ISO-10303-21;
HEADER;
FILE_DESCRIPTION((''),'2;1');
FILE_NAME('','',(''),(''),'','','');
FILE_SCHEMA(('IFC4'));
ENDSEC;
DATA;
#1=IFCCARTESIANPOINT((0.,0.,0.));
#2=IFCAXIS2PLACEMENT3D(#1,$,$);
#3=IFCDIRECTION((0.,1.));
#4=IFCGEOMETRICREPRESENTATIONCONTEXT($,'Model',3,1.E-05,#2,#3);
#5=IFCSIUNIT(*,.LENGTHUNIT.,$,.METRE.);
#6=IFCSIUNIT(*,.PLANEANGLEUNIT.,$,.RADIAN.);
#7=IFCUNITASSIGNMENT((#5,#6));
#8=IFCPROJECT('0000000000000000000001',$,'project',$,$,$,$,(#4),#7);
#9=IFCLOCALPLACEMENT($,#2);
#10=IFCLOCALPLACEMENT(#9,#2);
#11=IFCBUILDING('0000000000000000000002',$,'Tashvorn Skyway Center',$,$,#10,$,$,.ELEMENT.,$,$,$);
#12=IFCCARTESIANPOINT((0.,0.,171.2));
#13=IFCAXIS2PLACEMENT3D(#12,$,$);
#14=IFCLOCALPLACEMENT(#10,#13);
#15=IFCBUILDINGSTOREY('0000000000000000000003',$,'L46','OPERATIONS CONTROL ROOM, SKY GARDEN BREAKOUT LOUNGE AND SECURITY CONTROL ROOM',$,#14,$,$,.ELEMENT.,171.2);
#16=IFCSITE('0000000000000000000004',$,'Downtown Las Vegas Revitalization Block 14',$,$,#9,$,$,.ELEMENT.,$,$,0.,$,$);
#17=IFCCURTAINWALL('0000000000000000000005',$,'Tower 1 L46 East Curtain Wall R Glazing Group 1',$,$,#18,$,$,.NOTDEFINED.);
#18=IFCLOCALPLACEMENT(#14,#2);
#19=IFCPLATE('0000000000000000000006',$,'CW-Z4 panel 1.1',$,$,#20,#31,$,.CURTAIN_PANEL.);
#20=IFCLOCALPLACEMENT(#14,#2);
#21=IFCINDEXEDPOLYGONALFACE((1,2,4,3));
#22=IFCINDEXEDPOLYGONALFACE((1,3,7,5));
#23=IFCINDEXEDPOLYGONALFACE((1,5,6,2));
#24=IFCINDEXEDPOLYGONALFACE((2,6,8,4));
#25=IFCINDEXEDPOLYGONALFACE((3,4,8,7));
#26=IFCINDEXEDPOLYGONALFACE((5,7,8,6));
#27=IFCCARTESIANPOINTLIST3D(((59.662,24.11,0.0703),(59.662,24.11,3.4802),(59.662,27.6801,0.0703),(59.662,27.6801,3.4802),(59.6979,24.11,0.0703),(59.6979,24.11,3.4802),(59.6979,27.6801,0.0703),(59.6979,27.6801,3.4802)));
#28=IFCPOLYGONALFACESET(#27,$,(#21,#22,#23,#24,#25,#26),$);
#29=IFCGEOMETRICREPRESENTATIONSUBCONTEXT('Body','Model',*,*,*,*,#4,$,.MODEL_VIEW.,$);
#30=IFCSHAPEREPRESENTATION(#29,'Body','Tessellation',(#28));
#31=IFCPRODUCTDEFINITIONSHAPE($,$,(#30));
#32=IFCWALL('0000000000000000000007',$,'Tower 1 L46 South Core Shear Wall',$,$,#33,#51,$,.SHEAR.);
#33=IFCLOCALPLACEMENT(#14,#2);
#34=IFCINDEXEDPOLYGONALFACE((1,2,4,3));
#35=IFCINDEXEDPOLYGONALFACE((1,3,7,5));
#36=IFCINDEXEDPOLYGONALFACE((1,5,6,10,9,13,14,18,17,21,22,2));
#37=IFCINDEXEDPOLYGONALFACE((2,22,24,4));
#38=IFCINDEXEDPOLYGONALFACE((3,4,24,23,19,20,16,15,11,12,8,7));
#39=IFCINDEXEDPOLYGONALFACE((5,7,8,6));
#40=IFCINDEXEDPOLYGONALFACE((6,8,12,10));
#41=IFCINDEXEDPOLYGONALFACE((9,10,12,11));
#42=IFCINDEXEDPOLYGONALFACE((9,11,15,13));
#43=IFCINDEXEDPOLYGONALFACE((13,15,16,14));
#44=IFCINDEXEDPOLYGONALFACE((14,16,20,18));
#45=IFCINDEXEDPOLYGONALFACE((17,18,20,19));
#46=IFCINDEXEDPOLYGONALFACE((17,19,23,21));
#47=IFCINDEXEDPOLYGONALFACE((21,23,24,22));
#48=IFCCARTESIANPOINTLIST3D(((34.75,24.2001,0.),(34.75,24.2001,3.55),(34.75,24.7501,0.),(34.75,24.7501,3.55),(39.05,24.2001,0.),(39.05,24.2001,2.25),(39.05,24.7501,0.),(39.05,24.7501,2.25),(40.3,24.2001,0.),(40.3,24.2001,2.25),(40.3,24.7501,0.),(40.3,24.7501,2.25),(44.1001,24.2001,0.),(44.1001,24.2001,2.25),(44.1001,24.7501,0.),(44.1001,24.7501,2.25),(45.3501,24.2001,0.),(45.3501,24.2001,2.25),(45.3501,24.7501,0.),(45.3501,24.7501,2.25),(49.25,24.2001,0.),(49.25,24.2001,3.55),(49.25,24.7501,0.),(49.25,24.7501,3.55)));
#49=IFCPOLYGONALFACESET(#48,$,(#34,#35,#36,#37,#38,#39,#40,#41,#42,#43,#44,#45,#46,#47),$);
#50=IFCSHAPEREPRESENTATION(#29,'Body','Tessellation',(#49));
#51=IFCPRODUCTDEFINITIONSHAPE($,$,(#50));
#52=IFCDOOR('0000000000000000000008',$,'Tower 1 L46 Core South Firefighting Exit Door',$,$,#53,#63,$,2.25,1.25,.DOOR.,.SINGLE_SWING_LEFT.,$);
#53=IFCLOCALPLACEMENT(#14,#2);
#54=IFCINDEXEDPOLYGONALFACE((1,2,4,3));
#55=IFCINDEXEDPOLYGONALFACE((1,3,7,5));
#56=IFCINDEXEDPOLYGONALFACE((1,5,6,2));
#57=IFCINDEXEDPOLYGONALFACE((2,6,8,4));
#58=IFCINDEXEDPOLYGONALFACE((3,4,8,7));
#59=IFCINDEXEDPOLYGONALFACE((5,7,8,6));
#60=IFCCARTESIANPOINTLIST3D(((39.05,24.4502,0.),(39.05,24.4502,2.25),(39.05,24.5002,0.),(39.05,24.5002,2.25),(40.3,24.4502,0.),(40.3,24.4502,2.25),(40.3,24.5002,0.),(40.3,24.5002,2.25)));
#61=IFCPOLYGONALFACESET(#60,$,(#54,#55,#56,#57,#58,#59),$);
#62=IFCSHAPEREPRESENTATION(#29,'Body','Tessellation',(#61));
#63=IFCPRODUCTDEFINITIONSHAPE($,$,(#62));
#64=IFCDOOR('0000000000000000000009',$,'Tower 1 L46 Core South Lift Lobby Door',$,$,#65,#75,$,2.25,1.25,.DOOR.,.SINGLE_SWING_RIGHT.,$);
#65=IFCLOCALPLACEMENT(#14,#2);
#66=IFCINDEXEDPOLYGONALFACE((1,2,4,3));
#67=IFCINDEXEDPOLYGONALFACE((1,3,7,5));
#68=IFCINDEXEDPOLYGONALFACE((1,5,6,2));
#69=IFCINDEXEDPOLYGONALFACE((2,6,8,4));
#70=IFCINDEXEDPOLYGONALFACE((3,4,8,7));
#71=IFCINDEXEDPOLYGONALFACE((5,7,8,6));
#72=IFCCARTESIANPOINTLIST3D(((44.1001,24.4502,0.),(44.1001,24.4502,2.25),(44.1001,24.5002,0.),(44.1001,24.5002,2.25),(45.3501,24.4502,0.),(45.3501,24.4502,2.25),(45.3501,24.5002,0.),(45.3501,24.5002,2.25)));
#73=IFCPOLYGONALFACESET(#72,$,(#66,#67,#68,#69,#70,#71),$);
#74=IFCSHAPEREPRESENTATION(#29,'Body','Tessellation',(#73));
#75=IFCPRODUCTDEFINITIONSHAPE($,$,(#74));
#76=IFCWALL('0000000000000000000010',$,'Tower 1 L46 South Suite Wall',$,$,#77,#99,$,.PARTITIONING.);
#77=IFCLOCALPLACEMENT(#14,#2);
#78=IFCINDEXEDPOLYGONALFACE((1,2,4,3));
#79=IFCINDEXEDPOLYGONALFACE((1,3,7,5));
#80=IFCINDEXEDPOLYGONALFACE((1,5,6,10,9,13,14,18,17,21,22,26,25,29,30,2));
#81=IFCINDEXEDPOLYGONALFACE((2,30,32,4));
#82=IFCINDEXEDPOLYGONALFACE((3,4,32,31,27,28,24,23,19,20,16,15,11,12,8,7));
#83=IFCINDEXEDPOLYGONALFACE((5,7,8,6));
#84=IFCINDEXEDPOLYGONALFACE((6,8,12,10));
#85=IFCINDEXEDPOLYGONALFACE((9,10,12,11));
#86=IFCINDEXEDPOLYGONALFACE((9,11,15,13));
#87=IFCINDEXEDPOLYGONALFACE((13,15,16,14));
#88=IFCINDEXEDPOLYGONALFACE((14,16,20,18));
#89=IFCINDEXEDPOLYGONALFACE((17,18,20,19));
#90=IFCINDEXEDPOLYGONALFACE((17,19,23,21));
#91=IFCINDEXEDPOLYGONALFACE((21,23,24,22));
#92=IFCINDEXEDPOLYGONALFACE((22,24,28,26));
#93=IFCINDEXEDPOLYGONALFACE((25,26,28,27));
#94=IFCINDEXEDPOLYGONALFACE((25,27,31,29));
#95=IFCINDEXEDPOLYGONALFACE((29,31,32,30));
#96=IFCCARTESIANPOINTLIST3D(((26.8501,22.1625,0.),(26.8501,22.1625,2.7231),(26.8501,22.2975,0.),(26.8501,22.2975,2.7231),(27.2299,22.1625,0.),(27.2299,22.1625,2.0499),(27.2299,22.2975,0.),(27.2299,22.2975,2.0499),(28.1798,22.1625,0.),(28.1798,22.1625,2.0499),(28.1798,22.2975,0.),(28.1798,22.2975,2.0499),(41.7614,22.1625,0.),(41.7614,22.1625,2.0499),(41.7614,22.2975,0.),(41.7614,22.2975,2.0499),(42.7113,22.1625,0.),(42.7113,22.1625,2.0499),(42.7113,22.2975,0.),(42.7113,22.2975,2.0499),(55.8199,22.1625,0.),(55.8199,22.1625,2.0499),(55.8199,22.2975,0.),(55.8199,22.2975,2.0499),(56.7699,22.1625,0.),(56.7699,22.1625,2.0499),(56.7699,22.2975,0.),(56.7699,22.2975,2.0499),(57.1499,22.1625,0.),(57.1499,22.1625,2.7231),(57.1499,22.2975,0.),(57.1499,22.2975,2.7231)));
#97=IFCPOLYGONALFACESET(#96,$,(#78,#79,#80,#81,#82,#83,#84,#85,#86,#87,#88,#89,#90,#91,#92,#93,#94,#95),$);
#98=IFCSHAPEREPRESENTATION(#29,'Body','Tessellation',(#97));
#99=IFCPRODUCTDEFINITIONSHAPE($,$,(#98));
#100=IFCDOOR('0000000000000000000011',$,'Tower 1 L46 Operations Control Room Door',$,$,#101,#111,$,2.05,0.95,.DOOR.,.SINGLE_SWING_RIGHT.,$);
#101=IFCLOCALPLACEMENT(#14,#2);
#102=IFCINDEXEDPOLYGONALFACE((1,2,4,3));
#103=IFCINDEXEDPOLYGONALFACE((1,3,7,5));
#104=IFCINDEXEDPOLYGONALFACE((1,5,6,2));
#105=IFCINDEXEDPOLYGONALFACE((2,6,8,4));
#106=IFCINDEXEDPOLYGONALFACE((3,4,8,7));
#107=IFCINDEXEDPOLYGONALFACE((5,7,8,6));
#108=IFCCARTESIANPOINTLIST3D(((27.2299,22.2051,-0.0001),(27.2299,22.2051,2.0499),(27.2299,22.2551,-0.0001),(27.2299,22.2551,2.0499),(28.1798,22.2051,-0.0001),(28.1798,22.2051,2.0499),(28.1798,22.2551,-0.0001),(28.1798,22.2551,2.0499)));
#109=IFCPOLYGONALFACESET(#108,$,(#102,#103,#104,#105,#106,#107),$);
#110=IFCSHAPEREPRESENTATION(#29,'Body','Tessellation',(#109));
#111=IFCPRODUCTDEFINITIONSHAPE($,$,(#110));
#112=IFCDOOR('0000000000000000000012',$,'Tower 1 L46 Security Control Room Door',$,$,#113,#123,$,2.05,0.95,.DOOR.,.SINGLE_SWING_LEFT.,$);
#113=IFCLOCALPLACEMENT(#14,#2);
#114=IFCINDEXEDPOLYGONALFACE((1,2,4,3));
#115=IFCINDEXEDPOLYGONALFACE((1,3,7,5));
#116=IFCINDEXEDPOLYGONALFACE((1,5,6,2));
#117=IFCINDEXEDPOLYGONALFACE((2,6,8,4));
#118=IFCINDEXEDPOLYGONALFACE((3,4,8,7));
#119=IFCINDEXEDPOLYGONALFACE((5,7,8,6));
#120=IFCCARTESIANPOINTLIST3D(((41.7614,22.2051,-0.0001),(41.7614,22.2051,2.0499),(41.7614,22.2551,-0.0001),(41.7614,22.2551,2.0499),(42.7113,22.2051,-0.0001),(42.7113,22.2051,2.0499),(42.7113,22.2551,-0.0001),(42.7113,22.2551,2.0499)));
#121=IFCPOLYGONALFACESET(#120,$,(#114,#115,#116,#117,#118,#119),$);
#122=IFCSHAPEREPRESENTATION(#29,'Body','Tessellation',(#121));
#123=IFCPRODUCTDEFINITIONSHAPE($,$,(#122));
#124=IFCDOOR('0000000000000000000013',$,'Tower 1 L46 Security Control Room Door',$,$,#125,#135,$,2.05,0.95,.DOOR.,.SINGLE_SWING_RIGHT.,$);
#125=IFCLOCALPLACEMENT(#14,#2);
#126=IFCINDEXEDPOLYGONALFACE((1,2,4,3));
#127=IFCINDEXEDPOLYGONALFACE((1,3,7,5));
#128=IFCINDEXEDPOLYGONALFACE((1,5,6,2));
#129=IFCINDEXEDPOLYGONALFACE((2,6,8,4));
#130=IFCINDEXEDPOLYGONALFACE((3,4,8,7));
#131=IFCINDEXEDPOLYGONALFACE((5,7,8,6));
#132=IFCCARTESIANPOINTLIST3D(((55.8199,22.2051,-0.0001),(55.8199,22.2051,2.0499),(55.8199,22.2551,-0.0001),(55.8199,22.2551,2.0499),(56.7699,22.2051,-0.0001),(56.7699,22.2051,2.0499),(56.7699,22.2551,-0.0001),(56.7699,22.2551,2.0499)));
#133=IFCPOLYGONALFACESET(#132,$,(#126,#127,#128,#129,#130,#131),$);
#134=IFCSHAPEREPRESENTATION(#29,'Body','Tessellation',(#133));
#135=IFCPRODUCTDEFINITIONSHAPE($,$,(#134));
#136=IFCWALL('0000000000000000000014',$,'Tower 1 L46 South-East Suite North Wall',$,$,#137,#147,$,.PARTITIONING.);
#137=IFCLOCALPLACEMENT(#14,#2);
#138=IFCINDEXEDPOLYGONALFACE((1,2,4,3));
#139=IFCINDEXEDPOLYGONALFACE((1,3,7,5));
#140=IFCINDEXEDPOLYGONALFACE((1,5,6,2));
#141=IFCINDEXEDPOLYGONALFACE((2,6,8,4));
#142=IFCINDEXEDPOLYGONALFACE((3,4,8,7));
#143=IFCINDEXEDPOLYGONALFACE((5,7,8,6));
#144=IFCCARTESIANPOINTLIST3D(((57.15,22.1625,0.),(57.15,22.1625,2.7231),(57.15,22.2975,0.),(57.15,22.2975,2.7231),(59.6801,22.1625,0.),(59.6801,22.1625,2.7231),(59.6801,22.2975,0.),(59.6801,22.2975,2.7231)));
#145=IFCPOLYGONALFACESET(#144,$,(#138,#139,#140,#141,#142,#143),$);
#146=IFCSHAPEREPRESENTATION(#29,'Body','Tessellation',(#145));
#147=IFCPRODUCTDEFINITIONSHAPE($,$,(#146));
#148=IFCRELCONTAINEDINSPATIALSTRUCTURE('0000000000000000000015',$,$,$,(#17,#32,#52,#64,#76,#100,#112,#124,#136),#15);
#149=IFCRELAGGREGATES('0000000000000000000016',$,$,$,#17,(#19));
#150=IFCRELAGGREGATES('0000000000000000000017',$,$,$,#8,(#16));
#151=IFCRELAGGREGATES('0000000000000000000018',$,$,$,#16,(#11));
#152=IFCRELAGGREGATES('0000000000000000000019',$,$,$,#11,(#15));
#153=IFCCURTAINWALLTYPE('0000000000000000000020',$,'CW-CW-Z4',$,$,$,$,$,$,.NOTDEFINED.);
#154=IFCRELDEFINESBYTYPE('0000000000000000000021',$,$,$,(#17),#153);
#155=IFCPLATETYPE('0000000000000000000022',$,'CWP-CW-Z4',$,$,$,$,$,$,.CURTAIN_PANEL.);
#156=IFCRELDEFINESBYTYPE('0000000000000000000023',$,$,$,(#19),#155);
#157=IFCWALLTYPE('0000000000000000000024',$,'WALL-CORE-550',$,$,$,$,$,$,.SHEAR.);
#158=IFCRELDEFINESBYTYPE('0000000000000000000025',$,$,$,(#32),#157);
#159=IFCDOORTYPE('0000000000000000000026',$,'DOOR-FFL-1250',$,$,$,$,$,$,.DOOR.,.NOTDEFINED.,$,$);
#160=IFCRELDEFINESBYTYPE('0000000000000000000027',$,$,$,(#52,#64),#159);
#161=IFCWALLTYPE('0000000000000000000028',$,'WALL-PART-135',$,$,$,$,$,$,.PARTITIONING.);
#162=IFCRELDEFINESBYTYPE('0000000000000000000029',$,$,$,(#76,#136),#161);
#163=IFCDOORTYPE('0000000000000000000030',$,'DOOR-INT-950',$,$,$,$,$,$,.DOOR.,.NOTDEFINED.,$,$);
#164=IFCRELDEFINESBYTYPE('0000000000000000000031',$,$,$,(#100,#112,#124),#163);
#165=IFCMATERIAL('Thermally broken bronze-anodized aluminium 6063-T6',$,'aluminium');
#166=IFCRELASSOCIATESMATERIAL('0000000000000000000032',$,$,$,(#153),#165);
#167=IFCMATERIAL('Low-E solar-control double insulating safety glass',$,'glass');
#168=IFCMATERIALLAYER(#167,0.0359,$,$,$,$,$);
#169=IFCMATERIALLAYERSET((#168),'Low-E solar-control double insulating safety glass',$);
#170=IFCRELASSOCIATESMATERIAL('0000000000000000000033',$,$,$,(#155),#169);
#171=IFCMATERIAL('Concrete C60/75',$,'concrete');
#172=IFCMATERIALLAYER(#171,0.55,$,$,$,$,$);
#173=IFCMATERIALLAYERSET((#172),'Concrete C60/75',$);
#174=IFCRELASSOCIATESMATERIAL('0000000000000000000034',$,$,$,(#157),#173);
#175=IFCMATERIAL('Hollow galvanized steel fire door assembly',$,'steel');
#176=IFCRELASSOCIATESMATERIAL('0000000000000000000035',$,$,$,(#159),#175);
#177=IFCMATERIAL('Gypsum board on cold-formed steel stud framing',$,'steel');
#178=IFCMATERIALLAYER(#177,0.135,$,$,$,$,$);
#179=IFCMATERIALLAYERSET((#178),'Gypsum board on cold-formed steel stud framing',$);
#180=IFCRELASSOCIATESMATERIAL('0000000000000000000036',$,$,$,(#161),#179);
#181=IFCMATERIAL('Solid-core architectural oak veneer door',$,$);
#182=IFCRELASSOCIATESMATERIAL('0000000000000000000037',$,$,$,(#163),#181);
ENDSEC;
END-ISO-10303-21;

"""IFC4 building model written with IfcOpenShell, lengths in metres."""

from ifc_helpers import new_model, si_unit, direction, frame, frame_2d, origin, origin_2d, place, context, subcontext, project, spatial, rectangle, extrude, material, layer, layer_set, type_object, element, fill, aggregate, save


model = new_model("IFC4")

# Units and contexts
model_context = context("Model", 3, precision=1e-05, world=origin(), true_north=direction((0.0, 1.0)))
body_context = subcontext(model_context, "Body", "Model", "MODEL_VIEW")
ifc_project = project(units=[si_unit("LENGTHUNIT", "METRE"), si_unit("PLANEANGLEUNIT", "RADIAN")], contexts=[model_context])

# Site, building, storey
site_placement = place(None, origin())
site = spatial("IfcSite", under=ifc_project, at=site_placement, Name="Downtown Las Vegas Revitalization Block 14", CompositionType="ELEMENT", RefElevation=0.0)
building_placement = place(site_placement, origin())
building = spatial("IfcBuilding", under=site, at=building_placement, Name="Tashvorn Skyway Center", CompositionType="ELEMENT")
storey_placement = place(building_placement, frame((0.0, 0.0, 171.2)))
storey = spatial("IfcBuildingStorey", under=building, at=storey_placement, Name="L46", Description="OPERATIONS CONTROL ROOM, SKY GARDEN BREAKOUT LOUNGE AND SECURITY CONTROL ROOM", CompositionType="ELEMENT", Elevation=171.2)

# Curtain wall
ifc_material_1 = material(Name="Thermally broken bronze-anodized aluminium 6063-T6", Category="aluminium")
curtain_wall_type = type_object("IfcCurtainWallType", Name="CW-CW-Z4", PredefinedType="NOTDEFINED", material=ifc_material_1)
curtain_wall_1_placement = place(storey_placement, origin())
curtain_wall_1 = element("IfcCurtainWall", 1, at=curtain_wall_1_placement, inside=storey, type_object=curtain_wall_type, Name="Tower 1 L46 East Curtain Wall R Glazing Group 1", PredefinedType="NOTDEFINED")

# Plate
ifc_material_2 = material(Name="Low-E solar-control double insulating safety glass", Category="glass")
ifc_layer_1 = layer(ifc_material_2, 0.0359)
ifc_layer_set_1 = layer_set([ifc_layer_1], Name="Low-E solar-control double insulating safety glass")
plate_type = type_object("IfcPlateType", Name="CWP-CW-Z4", PredefinedType="CURTAIN_PANEL", material=ifc_layer_set_1)
plate_placement = place(storey_placement, frame((59.6799, 25.895, 0.0703), z_axis=(0.0, 0.0, 1.0), x_axis=(0.0, -1.0, 0.0)))
plate = element("IfcPlate", 2, at=plate_placement, type_object=plate_type, Name="CW-Z4 panel 1.1", PredefinedType="CURTAIN_PANEL", context=body_context, shape_type="SweptSolid", body=[
    extrude(rectangle(XDim=3.5701, YDim=0.0359, at=origin_2d()), origin(), (0.0, 0.0, 1.0), 3.4099),
])
aggregate(curtain_wall_1, [plate])

# Walls, openings, doors
ifc_material_3 = material(Name="Concrete C60/75", Category="concrete")
ifc_layer_2 = layer(ifc_material_3, 0.55)
ifc_layer_set_2 = layer_set([ifc_layer_2], Name="Concrete C60/75")
wall_type_1 = type_object("IfcWallType", Name="WALL-CORE-550", PredefinedType="SHEAR", material=ifc_layer_set_2)
wall_1_placement = place(storey_placement, frame((49.25, 24.4751, 0.0), z_axis=(0.0, 0.0, 1.0), x_axis=(-1.0, 0.0, 0.0)))
wall_1 = element("IfcWall", 3, at=wall_1_placement, inside=storey, type_object=wall_type_1, Name="Tower 1 L46 South Core Shear Wall", PredefinedType="SHEAR", context=body_context, shape_type="SweptSolid", body=[
    extrude(rectangle(XDim=14.5, YDim=0.55, at=frame_2d((7.25, 0.0))), origin(), (0.0, 0.0, 1.0), 3.55),
])
opening_1_placement = place(wall_1_placement, frame((8.95, 0.0, 0.0)))
opening_1 = element("IfcOpeningElement", 4, at=opening_1_placement, cuts=wall_1, PredefinedType="OPENING", context=body_context, shape_type="SweptSolid", body=[
    extrude(rectangle(XDim=1.25, YDim=2.25, at=frame_2d((0.625, 1.125))), frame((0.0, 0.2849, 0.0), z_axis=(0.0, -1.0, 0.0), x_axis=(1.0, 0.0, 0.0)), (0.0, 0.0, 1.0), 0.5701),
])
opening_2_placement = place(wall_1_placement, frame((3.8999, 0.0, 0.0)))
opening_2 = element("IfcOpeningElement", 5, at=opening_2_placement, cuts=wall_1, PredefinedType="OPENING", context=body_context, shape_type="SweptSolid", body=[
    extrude(rectangle(XDim=1.25, YDim=2.25, at=frame_2d((0.625, 1.125))), frame((0.0, 0.2849, 0.0), z_axis=(0.0, -1.0, 0.0), x_axis=(1.0, 0.0, 0.0)), (0.0, 0.0, 1.0), 0.5701),
])
ifc_material_4 = material(Name="Hollow galvanized steel fire door assembly", Category="steel")
door_type_1 = type_object("IfcDoorType", Name="DOOR-FFL-1250", OperationType="NOTDEFINED", PredefinedType="DOOR", material=ifc_material_4)
door_1_placement = place(opening_1_placement, origin())
door_1 = element("IfcDoor", 6, at=door_1_placement, inside=storey, type_object=door_type_1, Name="Tower 1 L46 Core South Firefighting Exit Door", OperationType="SINGLE_SWING_LEFT", OverallHeight=2.25, OverallWidth=1.25, PredefinedType="DOOR", context=body_context, shape_type="SweptSolid", body=[
    extrude(rectangle(XDim=1.25, YDim=2.25, at=frame_2d((0.625, 1.125))), frame((0.0, 0.0249, 0.0), z_axis=(0.0, -1.0, 0.0), x_axis=(1.0, 0.0, 0.0)), (0.0, 0.0, 1.0), 0.05),
])
fill(opening_1, door_1)
door_2_placement = place(opening_2_placement, origin())
door_2 = element("IfcDoor", 7, at=door_2_placement, inside=storey, type_object=door_type_1, Name="Tower 1 L46 Core South Lift Lobby Door", OperationType="SINGLE_SWING_RIGHT", OverallHeight=2.25, OverallWidth=1.25, PredefinedType="DOOR", context=body_context, shape_type="SweptSolid", body=[
    extrude(rectangle(XDim=1.25, YDim=2.25, at=frame_2d((0.625, 1.125))), frame((0.0, 0.0249, 0.0), z_axis=(0.0, -1.0, 0.0), x_axis=(1.0, 0.0, 0.0)), (0.0, 0.0, 1.0), 0.05),
])
fill(opening_2, door_2)
ifc_material_5 = material(Name="Gypsum board on cold-formed steel stud framing", Category="steel")
ifc_layer_3 = layer(ifc_material_5, 0.135)
ifc_layer_set_3 = layer_set([ifc_layer_3], Name="Gypsum board on cold-formed steel stud framing")
wall_type_2 = type_object("IfcWallType", Name="WALL-PART-135", PredefinedType="PARTITIONING", material=ifc_layer_set_3)
wall_2_placement = place(storey_placement, frame((57.1499, 22.23, 0.0), z_axis=(0.0, 0.0, 1.0), x_axis=(-1.0, 0.0, 0.0)))
wall_2 = element("IfcWall", 8, at=wall_2_placement, inside=storey, type_object=wall_type_2, Name="Tower 1 L46 South Suite Wall", PredefinedType="PARTITIONING", context=body_context, shape_type="SweptSolid", body=[
    extrude(rectangle(XDim=30.2998, YDim=0.135, at=frame_2d((15.1499, 0.0))), origin(), (0.0, 0.0, 1.0), 2.7231),
])
opening_3_placement = place(wall_2_placement, frame((28.97, 0.0, 0.0)))
opening_3 = element("IfcOpeningElement", 9, at=opening_3_placement, cuts=wall_2, PredefinedType="OPENING", context=body_context, shape_type="SweptSolid", body=[
    extrude(rectangle(XDim=0.95, YDim=2.05, at=frame_2d((0.4751, 1.0249))), frame((0.0, 0.0774, 0.0), z_axis=(0.0, -1.0, 0.0), x_axis=(1.0, 0.0, 0.0)), (0.0, 0.0, 1.0), 0.155),
])
opening_4_placement = place(wall_2_placement, frame((14.4385, 0.0, 0.0)))
opening_4 = element("IfcOpeningElement", 10, at=opening_4_placement, cuts=wall_2, PredefinedType="OPENING", context=body_context, shape_type="SweptSolid", body=[
    extrude(rectangle(XDim=0.95, YDim=2.05, at=frame_2d((0.4751, 1.0249))), frame((0.0, 0.0774, 0.0), z_axis=(0.0, -1.0, 0.0), x_axis=(1.0, 0.0, 0.0)), (0.0, 0.0, 1.0), 0.155),
])
opening_5_placement = place(wall_2_placement, frame((0.3799, 0.0, 0.0)))
opening_5 = element("IfcOpeningElement", 11, at=opening_5_placement, cuts=wall_2, PredefinedType="OPENING", context=body_context, shape_type="SweptSolid", body=[
    extrude(rectangle(XDim=0.95, YDim=2.05, at=frame_2d((0.4751, 1.0249))), frame((0.0, 0.0774, 0.0), z_axis=(0.0, -1.0, 0.0), x_axis=(1.0, 0.0, 0.0)), (0.0, 0.0, 1.0), 0.155),
])
ifc_material_6 = material(Name="Solid-core architectural oak veneer door")
door_type_2 = type_object("IfcDoorType", Name="DOOR-INT-950", OperationType="NOTDEFINED", PredefinedType="DOOR", material=ifc_material_6)
door_3_placement = place(opening_3_placement, origin())
door_3 = element("IfcDoor", 12, at=door_3_placement, inside=storey, type_object=door_type_2, Name="Tower 1 L46 Operations Control Room Door", OperationType="SINGLE_SWING_RIGHT", OverallHeight=2.05, OverallWidth=0.95, PredefinedType="DOOR", context=body_context, shape_type="SweptSolid", body=[
    extrude(rectangle(XDim=0.95, YDim=2.05, at=frame_2d((0.4751, 1.0249))), frame((0.0, 0.0249, 0.0), z_axis=(0.0, -1.0, 0.0), x_axis=(1.0, 0.0, 0.0)), (0.0, 0.0, 1.0), 0.05),
])
fill(opening_3, door_3)
door_4_placement = place(opening_4_placement, origin())
door_4 = element("IfcDoor", 13, at=door_4_placement, inside=storey, type_object=door_type_2, Name="Tower 1 L46 Security Control Room Door", OperationType="SINGLE_SWING_LEFT", OverallHeight=2.05, OverallWidth=0.95, PredefinedType="DOOR", context=body_context, shape_type="SweptSolid", body=[
    extrude(rectangle(XDim=0.95, YDim=2.05, at=frame_2d((0.4751, 1.0249))), frame((0.0, 0.0249, 0.0), z_axis=(0.0, -1.0, 0.0), x_axis=(1.0, 0.0, 0.0)), (0.0, 0.0, 1.0), 0.05),
])
fill(opening_4, door_4)
door_5_placement = place(opening_5_placement, origin())
door_5 = element("IfcDoor", 14, at=door_5_placement, inside=storey, type_object=door_type_2, Name="Tower 1 L46 Security Control Room Door", OperationType="SINGLE_SWING_RIGHT", OverallHeight=2.05, OverallWidth=0.95, PredefinedType="DOOR", context=body_context, shape_type="SweptSolid", body=[
    extrude(rectangle(XDim=0.95, YDim=2.05, at=frame_2d((0.4751, 1.0249))), frame((0.0, 0.0249, 0.0), z_axis=(0.0, -1.0, 0.0), x_axis=(1.0, 0.0, 0.0)), (0.0, 0.0, 1.0), 0.05),
])
fill(opening_5, door_5)

# Wall
wall_3_placement = place(storey_placement, frame((57.1499, 22.23, 0.0), z_axis=(0.0, 0.0, 1.0), x_axis=(1.0, 0.0, 0.0)))
element("IfcWall", 15, at=wall_3_placement, inside=storey, type_object=wall_type_2, Name="Tower 1 L46 South-East Suite North Wall", PredefinedType="PARTITIONING", context=body_context, shape_type="SweptSolid", body=[
    extrude(rectangle(XDim=2.53, YDim=0.135, at=frame_2d((1.2651, 0.0))), origin(), (0.0, 0.0, 1.0), 2.7231),
])

save(model, "model.ifc")
